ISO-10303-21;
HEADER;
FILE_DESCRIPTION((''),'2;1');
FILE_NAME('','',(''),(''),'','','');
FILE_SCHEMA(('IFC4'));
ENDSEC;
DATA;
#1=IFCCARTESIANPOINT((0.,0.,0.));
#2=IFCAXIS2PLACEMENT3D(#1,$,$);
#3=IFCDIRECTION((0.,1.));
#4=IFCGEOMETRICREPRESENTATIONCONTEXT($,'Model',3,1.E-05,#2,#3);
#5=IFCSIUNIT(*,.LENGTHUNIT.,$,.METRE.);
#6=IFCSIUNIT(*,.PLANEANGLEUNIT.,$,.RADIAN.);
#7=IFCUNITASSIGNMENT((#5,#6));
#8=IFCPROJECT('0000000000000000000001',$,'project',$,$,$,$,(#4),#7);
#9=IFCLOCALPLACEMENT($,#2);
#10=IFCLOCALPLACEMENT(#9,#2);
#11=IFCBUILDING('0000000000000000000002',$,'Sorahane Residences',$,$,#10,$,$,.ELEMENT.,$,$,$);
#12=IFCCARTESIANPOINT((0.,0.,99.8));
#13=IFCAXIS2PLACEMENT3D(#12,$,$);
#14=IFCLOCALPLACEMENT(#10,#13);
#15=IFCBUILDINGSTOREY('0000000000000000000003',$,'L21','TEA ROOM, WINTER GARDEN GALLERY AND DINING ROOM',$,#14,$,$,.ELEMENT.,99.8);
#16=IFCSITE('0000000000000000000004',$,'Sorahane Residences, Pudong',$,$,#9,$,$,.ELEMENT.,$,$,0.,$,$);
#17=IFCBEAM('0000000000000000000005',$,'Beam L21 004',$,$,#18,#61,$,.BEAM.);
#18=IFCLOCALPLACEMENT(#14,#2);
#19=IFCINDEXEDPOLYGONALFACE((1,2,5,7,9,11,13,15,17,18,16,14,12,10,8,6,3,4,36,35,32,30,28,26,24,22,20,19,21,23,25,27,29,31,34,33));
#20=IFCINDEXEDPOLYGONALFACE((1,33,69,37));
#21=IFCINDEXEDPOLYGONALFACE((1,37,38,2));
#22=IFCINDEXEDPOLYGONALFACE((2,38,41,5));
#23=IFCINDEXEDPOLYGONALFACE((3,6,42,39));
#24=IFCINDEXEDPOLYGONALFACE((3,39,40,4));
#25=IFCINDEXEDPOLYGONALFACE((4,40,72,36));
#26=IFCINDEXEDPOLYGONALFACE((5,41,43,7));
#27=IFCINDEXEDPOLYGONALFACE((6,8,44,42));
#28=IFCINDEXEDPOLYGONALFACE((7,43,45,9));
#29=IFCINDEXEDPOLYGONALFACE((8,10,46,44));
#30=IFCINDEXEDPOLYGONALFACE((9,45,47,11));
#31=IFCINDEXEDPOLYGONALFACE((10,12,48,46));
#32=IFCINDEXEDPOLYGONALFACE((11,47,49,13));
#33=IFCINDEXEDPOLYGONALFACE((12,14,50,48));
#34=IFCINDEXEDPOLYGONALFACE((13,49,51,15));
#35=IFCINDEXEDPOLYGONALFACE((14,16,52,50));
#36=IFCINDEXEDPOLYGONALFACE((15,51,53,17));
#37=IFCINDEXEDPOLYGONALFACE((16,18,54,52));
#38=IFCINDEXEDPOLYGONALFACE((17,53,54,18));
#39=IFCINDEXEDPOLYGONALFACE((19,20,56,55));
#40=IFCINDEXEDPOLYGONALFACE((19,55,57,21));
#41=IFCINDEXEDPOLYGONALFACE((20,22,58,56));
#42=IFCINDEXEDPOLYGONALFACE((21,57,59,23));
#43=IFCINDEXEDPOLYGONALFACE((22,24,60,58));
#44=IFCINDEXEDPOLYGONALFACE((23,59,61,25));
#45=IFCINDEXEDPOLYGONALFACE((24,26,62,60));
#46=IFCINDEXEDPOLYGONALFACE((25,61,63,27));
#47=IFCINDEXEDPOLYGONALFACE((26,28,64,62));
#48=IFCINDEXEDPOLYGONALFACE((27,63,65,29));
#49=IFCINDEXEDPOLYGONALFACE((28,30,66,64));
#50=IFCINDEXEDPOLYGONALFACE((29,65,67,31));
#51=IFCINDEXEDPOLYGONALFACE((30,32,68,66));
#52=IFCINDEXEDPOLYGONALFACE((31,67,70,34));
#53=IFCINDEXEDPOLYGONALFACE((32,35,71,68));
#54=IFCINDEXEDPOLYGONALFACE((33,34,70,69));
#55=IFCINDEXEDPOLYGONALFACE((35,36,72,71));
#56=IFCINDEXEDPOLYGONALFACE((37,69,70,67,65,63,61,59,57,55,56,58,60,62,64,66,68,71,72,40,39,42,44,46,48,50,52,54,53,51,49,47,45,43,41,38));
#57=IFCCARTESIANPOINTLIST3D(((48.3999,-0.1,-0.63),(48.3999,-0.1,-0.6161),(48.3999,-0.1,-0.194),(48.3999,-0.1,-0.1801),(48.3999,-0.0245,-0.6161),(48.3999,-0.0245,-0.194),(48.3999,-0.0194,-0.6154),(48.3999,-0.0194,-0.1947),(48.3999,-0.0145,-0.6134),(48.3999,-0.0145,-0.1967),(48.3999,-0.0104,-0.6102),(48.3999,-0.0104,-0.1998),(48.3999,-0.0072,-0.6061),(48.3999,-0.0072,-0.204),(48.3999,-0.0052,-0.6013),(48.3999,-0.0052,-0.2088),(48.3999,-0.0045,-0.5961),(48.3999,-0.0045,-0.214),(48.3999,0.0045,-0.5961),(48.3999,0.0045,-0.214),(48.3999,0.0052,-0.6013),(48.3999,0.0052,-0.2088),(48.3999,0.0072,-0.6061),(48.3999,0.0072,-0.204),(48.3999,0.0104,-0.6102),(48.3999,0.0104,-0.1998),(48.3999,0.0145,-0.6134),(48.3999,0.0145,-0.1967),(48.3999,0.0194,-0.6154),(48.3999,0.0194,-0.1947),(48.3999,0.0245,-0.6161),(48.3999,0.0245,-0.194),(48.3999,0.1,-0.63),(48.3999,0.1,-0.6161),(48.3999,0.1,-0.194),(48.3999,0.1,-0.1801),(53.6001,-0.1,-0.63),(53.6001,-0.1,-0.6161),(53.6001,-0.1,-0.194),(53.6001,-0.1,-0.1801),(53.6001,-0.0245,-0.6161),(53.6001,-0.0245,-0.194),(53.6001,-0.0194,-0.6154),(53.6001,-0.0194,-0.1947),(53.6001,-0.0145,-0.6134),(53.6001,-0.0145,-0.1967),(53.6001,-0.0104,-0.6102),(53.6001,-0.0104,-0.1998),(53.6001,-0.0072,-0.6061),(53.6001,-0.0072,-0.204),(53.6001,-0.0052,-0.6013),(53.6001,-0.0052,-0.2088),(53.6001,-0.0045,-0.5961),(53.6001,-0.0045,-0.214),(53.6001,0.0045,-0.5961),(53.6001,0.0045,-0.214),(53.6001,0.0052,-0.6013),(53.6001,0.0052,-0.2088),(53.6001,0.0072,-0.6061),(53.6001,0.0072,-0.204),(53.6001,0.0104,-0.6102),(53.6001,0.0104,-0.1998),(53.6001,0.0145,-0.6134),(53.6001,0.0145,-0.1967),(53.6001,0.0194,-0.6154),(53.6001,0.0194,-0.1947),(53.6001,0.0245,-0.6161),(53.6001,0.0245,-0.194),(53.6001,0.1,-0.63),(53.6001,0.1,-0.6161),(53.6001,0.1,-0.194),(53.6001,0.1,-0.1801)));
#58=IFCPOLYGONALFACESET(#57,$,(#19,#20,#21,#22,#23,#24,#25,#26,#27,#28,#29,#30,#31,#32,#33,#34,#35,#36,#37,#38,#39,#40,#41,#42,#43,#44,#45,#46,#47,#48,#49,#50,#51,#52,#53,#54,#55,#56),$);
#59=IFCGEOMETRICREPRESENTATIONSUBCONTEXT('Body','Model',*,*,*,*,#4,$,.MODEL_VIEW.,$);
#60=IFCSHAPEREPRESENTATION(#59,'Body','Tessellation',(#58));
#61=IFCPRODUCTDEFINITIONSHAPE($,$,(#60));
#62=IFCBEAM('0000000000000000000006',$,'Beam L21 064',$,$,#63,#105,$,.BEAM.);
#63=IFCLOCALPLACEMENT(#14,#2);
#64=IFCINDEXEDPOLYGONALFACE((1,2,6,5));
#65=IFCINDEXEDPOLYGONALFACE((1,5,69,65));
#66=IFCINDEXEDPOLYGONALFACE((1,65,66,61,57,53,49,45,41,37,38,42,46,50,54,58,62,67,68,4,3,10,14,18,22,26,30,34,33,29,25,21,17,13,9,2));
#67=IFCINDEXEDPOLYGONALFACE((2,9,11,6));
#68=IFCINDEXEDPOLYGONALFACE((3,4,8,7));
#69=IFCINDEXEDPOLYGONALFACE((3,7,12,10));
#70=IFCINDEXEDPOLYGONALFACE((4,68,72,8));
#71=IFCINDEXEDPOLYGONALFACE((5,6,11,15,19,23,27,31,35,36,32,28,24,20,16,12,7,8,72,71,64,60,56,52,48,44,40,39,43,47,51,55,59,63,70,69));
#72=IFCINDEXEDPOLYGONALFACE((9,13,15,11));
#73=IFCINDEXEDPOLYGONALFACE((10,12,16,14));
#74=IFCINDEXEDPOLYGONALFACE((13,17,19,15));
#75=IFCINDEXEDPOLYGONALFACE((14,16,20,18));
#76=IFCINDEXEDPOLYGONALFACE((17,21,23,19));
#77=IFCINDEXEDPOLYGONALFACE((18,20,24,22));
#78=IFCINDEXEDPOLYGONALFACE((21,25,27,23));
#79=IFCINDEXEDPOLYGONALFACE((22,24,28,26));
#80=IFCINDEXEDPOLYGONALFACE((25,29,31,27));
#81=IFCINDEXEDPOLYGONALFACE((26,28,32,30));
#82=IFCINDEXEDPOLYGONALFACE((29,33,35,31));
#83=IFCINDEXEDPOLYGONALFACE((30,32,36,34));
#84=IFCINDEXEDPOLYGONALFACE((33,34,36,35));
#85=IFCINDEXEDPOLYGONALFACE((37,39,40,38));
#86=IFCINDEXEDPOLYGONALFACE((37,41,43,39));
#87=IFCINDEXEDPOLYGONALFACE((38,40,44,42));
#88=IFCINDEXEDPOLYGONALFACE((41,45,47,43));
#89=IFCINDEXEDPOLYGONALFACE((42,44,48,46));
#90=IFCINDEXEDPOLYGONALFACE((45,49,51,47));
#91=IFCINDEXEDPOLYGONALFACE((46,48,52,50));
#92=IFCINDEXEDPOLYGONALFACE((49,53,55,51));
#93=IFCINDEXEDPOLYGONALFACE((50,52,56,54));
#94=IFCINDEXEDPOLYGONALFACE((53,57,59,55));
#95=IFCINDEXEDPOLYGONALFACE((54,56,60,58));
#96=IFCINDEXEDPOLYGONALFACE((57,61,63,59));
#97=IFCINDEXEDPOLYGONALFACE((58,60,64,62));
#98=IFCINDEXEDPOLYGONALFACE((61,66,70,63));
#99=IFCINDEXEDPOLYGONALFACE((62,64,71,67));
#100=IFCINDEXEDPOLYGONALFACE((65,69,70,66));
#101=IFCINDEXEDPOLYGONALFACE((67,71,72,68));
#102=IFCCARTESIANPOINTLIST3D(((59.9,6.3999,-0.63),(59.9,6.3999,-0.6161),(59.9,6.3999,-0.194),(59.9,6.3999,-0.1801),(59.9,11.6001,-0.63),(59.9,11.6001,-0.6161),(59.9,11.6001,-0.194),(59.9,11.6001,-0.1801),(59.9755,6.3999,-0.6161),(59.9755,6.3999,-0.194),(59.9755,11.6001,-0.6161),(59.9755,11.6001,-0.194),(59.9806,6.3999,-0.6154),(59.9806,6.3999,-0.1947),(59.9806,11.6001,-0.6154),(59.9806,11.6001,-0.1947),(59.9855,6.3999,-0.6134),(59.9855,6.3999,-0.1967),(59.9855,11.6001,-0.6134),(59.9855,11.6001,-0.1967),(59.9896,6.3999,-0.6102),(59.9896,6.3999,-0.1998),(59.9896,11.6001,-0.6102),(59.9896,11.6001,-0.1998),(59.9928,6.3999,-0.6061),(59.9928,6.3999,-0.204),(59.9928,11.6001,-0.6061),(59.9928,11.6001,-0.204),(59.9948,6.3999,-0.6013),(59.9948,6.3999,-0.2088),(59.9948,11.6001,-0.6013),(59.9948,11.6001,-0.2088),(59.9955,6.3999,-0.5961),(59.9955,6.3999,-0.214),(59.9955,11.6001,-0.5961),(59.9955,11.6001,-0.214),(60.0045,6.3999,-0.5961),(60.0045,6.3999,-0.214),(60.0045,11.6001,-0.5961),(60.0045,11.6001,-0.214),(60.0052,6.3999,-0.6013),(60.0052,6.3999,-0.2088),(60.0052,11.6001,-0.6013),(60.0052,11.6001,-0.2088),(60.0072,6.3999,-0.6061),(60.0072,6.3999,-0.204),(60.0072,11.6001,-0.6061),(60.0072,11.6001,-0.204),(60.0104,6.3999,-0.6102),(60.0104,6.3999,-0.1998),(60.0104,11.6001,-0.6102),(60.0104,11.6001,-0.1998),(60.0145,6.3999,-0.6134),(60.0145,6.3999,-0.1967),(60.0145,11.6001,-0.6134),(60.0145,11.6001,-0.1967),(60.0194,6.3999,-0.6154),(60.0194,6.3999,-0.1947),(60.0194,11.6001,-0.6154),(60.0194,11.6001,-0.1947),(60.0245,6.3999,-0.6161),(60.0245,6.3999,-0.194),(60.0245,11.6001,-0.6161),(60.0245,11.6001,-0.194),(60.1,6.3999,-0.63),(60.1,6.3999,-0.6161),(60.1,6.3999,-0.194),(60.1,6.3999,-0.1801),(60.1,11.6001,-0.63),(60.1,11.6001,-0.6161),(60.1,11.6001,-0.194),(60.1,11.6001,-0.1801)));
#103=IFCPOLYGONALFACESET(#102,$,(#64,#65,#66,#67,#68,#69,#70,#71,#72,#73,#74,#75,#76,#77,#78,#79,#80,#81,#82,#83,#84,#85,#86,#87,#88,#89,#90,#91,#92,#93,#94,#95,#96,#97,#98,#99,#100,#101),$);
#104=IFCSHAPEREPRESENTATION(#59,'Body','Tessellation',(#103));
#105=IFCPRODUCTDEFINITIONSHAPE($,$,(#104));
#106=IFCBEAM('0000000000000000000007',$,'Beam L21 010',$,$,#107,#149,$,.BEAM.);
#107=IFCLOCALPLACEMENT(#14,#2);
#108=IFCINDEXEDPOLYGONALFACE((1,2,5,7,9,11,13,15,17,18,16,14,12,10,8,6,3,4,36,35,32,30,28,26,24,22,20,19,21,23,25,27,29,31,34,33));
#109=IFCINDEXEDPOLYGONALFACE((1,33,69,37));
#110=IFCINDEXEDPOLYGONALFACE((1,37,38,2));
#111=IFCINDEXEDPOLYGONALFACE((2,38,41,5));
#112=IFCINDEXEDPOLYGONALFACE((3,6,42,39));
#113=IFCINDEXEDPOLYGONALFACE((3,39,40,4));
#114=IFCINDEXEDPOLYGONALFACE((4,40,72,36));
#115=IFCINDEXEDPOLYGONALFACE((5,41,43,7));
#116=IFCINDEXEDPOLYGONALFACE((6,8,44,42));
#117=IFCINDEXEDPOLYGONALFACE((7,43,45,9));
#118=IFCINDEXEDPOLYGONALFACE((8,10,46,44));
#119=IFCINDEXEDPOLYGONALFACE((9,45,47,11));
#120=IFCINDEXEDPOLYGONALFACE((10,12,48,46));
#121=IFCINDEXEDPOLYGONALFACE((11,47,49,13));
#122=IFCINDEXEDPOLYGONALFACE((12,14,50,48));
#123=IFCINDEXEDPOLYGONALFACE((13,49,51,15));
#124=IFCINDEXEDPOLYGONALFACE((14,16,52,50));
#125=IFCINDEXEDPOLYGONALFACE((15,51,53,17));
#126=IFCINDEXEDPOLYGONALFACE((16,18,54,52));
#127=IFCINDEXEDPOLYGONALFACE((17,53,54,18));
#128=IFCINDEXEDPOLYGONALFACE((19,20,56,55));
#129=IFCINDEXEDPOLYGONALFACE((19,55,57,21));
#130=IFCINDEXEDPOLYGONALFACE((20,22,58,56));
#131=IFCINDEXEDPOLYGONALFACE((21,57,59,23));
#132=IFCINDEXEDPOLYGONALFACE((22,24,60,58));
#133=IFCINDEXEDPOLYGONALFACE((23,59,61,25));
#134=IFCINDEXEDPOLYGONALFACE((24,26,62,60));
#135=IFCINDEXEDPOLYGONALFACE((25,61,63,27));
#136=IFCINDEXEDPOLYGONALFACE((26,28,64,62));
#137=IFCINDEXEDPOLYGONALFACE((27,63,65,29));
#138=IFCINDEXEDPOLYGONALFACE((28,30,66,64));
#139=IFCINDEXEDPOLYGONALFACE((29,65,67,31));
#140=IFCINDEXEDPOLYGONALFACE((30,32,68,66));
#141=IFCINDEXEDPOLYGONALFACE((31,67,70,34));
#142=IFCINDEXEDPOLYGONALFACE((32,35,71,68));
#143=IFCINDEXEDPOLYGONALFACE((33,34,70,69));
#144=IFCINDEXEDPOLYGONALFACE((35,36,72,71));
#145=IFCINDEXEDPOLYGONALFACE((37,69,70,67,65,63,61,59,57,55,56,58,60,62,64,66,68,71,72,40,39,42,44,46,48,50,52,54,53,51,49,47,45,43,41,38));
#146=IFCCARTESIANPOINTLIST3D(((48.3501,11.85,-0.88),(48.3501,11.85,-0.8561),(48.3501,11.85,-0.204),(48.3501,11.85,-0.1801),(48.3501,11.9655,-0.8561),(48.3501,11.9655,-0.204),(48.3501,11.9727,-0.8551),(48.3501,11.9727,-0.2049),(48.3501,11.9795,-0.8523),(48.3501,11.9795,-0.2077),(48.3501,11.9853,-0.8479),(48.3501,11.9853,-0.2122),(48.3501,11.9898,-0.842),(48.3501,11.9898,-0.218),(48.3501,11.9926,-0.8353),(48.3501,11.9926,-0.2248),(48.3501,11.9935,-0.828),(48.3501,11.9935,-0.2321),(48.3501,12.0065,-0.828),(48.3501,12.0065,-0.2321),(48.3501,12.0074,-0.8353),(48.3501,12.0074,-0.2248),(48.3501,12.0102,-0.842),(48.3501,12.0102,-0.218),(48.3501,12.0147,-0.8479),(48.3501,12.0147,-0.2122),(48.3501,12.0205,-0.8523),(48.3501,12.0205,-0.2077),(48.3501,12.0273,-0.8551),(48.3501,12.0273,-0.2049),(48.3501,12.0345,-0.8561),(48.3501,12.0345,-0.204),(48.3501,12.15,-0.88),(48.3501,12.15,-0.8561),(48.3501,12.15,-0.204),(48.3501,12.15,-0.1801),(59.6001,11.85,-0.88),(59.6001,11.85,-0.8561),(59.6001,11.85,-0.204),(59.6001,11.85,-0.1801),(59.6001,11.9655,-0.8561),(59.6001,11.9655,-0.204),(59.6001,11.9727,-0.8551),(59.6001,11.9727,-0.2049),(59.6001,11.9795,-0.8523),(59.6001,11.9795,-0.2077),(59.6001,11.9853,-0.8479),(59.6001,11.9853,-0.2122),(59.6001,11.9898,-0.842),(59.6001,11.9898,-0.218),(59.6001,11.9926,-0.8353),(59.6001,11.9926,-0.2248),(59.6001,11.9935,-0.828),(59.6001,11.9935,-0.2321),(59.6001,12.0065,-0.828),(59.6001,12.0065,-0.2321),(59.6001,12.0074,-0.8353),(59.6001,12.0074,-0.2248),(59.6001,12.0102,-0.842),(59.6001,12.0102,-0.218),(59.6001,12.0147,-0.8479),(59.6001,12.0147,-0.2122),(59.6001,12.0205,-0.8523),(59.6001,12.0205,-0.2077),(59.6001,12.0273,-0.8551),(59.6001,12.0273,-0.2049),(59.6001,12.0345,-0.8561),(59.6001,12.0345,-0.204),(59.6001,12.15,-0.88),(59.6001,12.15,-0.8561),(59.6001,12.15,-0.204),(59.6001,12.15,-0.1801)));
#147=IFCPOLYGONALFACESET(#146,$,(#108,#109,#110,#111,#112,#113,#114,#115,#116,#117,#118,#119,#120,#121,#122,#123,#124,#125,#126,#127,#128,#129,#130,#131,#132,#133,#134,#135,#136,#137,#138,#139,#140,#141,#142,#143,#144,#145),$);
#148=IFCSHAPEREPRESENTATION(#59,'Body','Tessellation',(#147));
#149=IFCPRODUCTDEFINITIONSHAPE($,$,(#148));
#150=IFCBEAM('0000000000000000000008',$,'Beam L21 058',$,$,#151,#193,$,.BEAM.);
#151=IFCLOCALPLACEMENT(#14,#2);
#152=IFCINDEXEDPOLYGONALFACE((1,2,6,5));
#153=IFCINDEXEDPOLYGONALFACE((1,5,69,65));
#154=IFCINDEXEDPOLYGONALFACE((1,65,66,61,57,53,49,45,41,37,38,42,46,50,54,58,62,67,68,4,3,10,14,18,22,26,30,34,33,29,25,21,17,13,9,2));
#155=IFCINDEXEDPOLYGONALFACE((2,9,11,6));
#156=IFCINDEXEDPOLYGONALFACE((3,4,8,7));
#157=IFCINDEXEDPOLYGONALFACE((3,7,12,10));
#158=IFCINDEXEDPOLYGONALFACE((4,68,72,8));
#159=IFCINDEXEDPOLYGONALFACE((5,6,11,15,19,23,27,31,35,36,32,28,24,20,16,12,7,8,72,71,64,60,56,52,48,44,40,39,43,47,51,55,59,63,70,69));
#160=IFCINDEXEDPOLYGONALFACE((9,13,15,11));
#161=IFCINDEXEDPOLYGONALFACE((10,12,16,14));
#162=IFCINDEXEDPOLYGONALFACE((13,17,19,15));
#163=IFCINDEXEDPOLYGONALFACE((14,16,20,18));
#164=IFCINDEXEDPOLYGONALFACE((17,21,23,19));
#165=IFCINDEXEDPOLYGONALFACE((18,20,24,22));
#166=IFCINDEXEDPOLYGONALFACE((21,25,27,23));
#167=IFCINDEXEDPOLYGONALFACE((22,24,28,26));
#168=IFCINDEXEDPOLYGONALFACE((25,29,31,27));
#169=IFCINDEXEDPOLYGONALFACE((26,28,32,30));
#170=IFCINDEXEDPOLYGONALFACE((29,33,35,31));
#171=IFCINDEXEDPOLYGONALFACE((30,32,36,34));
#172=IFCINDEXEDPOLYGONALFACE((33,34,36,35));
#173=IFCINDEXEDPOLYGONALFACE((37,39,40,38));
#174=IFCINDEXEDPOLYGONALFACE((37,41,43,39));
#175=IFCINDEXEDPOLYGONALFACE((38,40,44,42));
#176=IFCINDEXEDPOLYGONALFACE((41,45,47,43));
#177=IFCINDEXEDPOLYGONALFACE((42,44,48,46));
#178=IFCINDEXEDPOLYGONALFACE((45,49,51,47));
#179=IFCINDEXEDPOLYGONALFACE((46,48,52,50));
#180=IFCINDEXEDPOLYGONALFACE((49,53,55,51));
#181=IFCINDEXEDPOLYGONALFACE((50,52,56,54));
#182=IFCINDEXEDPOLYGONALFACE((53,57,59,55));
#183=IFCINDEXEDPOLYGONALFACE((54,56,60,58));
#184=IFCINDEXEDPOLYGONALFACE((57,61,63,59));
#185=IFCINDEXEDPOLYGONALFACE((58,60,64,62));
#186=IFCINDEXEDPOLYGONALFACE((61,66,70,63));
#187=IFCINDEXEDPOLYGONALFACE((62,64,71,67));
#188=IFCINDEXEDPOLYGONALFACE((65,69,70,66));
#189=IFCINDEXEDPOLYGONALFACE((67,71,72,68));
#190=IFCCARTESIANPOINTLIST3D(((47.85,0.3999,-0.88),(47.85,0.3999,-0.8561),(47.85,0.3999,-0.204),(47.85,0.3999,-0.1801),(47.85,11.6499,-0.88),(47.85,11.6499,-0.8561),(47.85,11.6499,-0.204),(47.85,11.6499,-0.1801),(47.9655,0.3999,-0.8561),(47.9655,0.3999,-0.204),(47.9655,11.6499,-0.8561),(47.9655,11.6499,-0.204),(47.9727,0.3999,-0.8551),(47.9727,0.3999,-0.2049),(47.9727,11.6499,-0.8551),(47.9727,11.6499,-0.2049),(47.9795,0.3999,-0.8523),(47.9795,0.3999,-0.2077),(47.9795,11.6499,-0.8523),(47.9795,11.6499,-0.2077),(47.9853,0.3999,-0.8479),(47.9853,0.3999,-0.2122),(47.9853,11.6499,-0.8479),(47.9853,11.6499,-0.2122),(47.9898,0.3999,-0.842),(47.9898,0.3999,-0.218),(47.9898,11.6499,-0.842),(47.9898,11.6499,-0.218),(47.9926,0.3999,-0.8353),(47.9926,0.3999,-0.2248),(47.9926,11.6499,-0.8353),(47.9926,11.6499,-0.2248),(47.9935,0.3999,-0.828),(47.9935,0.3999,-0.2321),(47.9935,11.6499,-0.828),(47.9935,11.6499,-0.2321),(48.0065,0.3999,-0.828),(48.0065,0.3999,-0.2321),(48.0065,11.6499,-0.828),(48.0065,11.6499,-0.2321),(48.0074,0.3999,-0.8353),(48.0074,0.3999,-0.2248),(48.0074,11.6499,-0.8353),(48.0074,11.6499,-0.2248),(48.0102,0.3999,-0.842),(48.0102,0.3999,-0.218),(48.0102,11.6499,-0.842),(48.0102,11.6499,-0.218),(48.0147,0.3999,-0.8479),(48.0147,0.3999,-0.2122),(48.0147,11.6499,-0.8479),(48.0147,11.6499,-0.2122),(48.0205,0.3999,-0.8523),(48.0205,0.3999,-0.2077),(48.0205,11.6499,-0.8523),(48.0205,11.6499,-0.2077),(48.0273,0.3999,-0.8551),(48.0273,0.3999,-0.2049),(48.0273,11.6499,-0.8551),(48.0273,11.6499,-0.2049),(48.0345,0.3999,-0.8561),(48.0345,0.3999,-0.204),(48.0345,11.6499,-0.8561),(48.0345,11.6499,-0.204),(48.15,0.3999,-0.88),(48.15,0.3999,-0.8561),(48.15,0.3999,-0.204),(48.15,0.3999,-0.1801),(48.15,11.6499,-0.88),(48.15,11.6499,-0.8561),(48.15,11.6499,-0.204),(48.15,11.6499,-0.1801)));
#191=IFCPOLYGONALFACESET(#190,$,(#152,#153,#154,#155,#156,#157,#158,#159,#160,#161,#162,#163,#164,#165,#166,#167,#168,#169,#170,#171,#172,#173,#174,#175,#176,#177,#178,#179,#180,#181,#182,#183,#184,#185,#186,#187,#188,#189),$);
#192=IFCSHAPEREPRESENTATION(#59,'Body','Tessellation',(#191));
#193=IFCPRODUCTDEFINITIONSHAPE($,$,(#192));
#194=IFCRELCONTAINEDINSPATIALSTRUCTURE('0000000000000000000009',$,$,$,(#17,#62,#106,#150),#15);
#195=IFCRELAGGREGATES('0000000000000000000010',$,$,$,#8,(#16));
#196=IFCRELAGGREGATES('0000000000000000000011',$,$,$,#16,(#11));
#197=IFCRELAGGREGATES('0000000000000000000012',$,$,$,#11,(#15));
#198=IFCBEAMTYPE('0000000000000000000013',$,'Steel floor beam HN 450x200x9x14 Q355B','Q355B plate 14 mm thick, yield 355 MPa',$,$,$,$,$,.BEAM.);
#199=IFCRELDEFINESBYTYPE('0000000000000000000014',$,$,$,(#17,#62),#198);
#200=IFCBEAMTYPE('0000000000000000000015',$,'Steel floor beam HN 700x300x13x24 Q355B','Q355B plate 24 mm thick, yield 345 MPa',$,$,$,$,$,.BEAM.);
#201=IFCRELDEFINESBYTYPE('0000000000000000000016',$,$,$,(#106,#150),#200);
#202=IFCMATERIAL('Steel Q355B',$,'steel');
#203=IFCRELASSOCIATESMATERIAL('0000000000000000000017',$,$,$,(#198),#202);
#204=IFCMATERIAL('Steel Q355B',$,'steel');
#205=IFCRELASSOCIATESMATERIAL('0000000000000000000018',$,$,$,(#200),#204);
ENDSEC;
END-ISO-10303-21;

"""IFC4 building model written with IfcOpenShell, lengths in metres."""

from ifc_helpers import new_model, si_unit, direction, frame, origin, origin_2d, place, context, subcontext, project, spatial, i_section, extrude, material, material_profile, profile_set, type_object, element, save


model = new_model("IFC4")

# Units and contexts
model_context = context("Model", 3, precision=1e-05, world=origin(), true_north=direction((0.0, 1.0)))
body_context = subcontext(model_context, "Body", "Model", "MODEL_VIEW")
ifc_project = project(units=[si_unit("LENGTHUNIT", "METRE"), si_unit("PLANEANGLEUNIT", "RADIAN")], contexts=[model_context])

# Site, building, storey
site_placement = place(None, origin())
site = spatial("IfcSite", under=ifc_project, at=site_placement, Name="Sorahane Residences, Pudong", CompositionType="ELEMENT", RefElevation=0.0)
building_placement = place(site_placement, origin())
building = spatial("IfcBuilding", under=site, at=building_placement, Name="Sorahane Residences", CompositionType="ELEMENT")
storey_placement = place(building_placement, frame((0.0, 0.0, 99.8)))
storey = spatial("IfcBuildingStorey", under=building, at=storey_placement, Name="L21", Description="TEA ROOM, WINTER GARDEN GALLERY AND DINING ROOM", CompositionType="ELEMENT", Elevation=99.8)

# Beams
ifc_material_1 = material(Name="Steel Q355B", Category="steel")
ifc_material_profile_1 = material_profile(ifc_material_1, i_section(OverallWidth=0.2, OverallDepth=0.45, WebThickness=0.009, FlangeThickness=0.0139, FilletRadius=0.02, at=origin_2d()), Name="HN 450x200x9x14")
ifc_profile_set_1 = profile_set([ifc_material_profile_1], Name="Steel Q355B")
beam_type_1 = type_object("IfcBeamType", Name="Steel floor beam HN 450x200x9x14 Q355B", Description="Q355B plate 14 mm thick, yield 355 MPa", PredefinedType="BEAM", material=ifc_profile_set_1)
for number, where, z_axis, x_axis, name in (
    (1, (48.3999, 0.0, -0.405), (1.0, 0.0, 0.0), (0.0, 1.0, 0.0), "Beam L21 004"),
    (2, (60.0, 6.3999, -0.405), (0.0, 1.0, 0.0), (-1.0, 0.0, 0.0), "Beam L21 064"),
):
    element("IfcBeam", number, at=place(storey_placement, frame(where, z_axis=z_axis, x_axis=x_axis)), inside=storey, type_object=beam_type_1, Name=name, PredefinedType="BEAM", context=body_context, shape_type="SweptSolid", body=[
        extrude(i_section(OverallWidth=0.2, OverallDepth=0.45, WebThickness=0.009, FlangeThickness=0.0139, FilletRadius=0.02, at=origin_2d()), origin(), (0.0, 0.0, 1.0), 5.2002),
    ])
ifc_material_2 = material(Name="Steel Q355B", Category="steel")
ifc_material_profile_2 = material_profile(ifc_material_2, i_section(OverallWidth=0.3, OverallDepth=0.7, WebThickness=0.0129, FlangeThickness=0.0239, FilletRadius=0.0281, at=origin_2d()), Name="HN 700x300x13x24")
ifc_profile_set_2 = profile_set([ifc_material_profile_2], Name="Steel Q355B")
beam_type_2 = type_object("IfcBeamType", Name="Steel floor beam HN 700x300x13x24 Q355B", Description="Q355B plate 24 mm thick, yield 345 MPa", PredefinedType="BEAM", material=ifc_profile_set_2)
for number, where, z_axis, x_axis, name in (
    (3, (48.3501, 12.0, -0.53), (1.0, 0.0, 0.0), (0.0, 1.0, 0.0), "Beam L21 010"),
    (4, (48.0, 0.3999, -0.53), (0.0, 1.0, 0.0), (-1.0, 0.0, 0.0), "Beam L21 058"),
):
    element("IfcBeam", number, at=place(storey_placement, frame(where, z_axis=z_axis, x_axis=x_axis)), inside=storey, type_object=beam_type_2, Name=name, PredefinedType="BEAM", context=body_context, shape_type="SweptSolid", body=[
        extrude(i_section(OverallWidth=0.3, OverallDepth=0.7, WebThickness=0.0129, FlangeThickness=0.0239, FilletRadius=0.0281, at=origin_2d()), origin(), (0.0, 0.0, 1.0), 11.25),
    ])

save(model, "model.ifc")
